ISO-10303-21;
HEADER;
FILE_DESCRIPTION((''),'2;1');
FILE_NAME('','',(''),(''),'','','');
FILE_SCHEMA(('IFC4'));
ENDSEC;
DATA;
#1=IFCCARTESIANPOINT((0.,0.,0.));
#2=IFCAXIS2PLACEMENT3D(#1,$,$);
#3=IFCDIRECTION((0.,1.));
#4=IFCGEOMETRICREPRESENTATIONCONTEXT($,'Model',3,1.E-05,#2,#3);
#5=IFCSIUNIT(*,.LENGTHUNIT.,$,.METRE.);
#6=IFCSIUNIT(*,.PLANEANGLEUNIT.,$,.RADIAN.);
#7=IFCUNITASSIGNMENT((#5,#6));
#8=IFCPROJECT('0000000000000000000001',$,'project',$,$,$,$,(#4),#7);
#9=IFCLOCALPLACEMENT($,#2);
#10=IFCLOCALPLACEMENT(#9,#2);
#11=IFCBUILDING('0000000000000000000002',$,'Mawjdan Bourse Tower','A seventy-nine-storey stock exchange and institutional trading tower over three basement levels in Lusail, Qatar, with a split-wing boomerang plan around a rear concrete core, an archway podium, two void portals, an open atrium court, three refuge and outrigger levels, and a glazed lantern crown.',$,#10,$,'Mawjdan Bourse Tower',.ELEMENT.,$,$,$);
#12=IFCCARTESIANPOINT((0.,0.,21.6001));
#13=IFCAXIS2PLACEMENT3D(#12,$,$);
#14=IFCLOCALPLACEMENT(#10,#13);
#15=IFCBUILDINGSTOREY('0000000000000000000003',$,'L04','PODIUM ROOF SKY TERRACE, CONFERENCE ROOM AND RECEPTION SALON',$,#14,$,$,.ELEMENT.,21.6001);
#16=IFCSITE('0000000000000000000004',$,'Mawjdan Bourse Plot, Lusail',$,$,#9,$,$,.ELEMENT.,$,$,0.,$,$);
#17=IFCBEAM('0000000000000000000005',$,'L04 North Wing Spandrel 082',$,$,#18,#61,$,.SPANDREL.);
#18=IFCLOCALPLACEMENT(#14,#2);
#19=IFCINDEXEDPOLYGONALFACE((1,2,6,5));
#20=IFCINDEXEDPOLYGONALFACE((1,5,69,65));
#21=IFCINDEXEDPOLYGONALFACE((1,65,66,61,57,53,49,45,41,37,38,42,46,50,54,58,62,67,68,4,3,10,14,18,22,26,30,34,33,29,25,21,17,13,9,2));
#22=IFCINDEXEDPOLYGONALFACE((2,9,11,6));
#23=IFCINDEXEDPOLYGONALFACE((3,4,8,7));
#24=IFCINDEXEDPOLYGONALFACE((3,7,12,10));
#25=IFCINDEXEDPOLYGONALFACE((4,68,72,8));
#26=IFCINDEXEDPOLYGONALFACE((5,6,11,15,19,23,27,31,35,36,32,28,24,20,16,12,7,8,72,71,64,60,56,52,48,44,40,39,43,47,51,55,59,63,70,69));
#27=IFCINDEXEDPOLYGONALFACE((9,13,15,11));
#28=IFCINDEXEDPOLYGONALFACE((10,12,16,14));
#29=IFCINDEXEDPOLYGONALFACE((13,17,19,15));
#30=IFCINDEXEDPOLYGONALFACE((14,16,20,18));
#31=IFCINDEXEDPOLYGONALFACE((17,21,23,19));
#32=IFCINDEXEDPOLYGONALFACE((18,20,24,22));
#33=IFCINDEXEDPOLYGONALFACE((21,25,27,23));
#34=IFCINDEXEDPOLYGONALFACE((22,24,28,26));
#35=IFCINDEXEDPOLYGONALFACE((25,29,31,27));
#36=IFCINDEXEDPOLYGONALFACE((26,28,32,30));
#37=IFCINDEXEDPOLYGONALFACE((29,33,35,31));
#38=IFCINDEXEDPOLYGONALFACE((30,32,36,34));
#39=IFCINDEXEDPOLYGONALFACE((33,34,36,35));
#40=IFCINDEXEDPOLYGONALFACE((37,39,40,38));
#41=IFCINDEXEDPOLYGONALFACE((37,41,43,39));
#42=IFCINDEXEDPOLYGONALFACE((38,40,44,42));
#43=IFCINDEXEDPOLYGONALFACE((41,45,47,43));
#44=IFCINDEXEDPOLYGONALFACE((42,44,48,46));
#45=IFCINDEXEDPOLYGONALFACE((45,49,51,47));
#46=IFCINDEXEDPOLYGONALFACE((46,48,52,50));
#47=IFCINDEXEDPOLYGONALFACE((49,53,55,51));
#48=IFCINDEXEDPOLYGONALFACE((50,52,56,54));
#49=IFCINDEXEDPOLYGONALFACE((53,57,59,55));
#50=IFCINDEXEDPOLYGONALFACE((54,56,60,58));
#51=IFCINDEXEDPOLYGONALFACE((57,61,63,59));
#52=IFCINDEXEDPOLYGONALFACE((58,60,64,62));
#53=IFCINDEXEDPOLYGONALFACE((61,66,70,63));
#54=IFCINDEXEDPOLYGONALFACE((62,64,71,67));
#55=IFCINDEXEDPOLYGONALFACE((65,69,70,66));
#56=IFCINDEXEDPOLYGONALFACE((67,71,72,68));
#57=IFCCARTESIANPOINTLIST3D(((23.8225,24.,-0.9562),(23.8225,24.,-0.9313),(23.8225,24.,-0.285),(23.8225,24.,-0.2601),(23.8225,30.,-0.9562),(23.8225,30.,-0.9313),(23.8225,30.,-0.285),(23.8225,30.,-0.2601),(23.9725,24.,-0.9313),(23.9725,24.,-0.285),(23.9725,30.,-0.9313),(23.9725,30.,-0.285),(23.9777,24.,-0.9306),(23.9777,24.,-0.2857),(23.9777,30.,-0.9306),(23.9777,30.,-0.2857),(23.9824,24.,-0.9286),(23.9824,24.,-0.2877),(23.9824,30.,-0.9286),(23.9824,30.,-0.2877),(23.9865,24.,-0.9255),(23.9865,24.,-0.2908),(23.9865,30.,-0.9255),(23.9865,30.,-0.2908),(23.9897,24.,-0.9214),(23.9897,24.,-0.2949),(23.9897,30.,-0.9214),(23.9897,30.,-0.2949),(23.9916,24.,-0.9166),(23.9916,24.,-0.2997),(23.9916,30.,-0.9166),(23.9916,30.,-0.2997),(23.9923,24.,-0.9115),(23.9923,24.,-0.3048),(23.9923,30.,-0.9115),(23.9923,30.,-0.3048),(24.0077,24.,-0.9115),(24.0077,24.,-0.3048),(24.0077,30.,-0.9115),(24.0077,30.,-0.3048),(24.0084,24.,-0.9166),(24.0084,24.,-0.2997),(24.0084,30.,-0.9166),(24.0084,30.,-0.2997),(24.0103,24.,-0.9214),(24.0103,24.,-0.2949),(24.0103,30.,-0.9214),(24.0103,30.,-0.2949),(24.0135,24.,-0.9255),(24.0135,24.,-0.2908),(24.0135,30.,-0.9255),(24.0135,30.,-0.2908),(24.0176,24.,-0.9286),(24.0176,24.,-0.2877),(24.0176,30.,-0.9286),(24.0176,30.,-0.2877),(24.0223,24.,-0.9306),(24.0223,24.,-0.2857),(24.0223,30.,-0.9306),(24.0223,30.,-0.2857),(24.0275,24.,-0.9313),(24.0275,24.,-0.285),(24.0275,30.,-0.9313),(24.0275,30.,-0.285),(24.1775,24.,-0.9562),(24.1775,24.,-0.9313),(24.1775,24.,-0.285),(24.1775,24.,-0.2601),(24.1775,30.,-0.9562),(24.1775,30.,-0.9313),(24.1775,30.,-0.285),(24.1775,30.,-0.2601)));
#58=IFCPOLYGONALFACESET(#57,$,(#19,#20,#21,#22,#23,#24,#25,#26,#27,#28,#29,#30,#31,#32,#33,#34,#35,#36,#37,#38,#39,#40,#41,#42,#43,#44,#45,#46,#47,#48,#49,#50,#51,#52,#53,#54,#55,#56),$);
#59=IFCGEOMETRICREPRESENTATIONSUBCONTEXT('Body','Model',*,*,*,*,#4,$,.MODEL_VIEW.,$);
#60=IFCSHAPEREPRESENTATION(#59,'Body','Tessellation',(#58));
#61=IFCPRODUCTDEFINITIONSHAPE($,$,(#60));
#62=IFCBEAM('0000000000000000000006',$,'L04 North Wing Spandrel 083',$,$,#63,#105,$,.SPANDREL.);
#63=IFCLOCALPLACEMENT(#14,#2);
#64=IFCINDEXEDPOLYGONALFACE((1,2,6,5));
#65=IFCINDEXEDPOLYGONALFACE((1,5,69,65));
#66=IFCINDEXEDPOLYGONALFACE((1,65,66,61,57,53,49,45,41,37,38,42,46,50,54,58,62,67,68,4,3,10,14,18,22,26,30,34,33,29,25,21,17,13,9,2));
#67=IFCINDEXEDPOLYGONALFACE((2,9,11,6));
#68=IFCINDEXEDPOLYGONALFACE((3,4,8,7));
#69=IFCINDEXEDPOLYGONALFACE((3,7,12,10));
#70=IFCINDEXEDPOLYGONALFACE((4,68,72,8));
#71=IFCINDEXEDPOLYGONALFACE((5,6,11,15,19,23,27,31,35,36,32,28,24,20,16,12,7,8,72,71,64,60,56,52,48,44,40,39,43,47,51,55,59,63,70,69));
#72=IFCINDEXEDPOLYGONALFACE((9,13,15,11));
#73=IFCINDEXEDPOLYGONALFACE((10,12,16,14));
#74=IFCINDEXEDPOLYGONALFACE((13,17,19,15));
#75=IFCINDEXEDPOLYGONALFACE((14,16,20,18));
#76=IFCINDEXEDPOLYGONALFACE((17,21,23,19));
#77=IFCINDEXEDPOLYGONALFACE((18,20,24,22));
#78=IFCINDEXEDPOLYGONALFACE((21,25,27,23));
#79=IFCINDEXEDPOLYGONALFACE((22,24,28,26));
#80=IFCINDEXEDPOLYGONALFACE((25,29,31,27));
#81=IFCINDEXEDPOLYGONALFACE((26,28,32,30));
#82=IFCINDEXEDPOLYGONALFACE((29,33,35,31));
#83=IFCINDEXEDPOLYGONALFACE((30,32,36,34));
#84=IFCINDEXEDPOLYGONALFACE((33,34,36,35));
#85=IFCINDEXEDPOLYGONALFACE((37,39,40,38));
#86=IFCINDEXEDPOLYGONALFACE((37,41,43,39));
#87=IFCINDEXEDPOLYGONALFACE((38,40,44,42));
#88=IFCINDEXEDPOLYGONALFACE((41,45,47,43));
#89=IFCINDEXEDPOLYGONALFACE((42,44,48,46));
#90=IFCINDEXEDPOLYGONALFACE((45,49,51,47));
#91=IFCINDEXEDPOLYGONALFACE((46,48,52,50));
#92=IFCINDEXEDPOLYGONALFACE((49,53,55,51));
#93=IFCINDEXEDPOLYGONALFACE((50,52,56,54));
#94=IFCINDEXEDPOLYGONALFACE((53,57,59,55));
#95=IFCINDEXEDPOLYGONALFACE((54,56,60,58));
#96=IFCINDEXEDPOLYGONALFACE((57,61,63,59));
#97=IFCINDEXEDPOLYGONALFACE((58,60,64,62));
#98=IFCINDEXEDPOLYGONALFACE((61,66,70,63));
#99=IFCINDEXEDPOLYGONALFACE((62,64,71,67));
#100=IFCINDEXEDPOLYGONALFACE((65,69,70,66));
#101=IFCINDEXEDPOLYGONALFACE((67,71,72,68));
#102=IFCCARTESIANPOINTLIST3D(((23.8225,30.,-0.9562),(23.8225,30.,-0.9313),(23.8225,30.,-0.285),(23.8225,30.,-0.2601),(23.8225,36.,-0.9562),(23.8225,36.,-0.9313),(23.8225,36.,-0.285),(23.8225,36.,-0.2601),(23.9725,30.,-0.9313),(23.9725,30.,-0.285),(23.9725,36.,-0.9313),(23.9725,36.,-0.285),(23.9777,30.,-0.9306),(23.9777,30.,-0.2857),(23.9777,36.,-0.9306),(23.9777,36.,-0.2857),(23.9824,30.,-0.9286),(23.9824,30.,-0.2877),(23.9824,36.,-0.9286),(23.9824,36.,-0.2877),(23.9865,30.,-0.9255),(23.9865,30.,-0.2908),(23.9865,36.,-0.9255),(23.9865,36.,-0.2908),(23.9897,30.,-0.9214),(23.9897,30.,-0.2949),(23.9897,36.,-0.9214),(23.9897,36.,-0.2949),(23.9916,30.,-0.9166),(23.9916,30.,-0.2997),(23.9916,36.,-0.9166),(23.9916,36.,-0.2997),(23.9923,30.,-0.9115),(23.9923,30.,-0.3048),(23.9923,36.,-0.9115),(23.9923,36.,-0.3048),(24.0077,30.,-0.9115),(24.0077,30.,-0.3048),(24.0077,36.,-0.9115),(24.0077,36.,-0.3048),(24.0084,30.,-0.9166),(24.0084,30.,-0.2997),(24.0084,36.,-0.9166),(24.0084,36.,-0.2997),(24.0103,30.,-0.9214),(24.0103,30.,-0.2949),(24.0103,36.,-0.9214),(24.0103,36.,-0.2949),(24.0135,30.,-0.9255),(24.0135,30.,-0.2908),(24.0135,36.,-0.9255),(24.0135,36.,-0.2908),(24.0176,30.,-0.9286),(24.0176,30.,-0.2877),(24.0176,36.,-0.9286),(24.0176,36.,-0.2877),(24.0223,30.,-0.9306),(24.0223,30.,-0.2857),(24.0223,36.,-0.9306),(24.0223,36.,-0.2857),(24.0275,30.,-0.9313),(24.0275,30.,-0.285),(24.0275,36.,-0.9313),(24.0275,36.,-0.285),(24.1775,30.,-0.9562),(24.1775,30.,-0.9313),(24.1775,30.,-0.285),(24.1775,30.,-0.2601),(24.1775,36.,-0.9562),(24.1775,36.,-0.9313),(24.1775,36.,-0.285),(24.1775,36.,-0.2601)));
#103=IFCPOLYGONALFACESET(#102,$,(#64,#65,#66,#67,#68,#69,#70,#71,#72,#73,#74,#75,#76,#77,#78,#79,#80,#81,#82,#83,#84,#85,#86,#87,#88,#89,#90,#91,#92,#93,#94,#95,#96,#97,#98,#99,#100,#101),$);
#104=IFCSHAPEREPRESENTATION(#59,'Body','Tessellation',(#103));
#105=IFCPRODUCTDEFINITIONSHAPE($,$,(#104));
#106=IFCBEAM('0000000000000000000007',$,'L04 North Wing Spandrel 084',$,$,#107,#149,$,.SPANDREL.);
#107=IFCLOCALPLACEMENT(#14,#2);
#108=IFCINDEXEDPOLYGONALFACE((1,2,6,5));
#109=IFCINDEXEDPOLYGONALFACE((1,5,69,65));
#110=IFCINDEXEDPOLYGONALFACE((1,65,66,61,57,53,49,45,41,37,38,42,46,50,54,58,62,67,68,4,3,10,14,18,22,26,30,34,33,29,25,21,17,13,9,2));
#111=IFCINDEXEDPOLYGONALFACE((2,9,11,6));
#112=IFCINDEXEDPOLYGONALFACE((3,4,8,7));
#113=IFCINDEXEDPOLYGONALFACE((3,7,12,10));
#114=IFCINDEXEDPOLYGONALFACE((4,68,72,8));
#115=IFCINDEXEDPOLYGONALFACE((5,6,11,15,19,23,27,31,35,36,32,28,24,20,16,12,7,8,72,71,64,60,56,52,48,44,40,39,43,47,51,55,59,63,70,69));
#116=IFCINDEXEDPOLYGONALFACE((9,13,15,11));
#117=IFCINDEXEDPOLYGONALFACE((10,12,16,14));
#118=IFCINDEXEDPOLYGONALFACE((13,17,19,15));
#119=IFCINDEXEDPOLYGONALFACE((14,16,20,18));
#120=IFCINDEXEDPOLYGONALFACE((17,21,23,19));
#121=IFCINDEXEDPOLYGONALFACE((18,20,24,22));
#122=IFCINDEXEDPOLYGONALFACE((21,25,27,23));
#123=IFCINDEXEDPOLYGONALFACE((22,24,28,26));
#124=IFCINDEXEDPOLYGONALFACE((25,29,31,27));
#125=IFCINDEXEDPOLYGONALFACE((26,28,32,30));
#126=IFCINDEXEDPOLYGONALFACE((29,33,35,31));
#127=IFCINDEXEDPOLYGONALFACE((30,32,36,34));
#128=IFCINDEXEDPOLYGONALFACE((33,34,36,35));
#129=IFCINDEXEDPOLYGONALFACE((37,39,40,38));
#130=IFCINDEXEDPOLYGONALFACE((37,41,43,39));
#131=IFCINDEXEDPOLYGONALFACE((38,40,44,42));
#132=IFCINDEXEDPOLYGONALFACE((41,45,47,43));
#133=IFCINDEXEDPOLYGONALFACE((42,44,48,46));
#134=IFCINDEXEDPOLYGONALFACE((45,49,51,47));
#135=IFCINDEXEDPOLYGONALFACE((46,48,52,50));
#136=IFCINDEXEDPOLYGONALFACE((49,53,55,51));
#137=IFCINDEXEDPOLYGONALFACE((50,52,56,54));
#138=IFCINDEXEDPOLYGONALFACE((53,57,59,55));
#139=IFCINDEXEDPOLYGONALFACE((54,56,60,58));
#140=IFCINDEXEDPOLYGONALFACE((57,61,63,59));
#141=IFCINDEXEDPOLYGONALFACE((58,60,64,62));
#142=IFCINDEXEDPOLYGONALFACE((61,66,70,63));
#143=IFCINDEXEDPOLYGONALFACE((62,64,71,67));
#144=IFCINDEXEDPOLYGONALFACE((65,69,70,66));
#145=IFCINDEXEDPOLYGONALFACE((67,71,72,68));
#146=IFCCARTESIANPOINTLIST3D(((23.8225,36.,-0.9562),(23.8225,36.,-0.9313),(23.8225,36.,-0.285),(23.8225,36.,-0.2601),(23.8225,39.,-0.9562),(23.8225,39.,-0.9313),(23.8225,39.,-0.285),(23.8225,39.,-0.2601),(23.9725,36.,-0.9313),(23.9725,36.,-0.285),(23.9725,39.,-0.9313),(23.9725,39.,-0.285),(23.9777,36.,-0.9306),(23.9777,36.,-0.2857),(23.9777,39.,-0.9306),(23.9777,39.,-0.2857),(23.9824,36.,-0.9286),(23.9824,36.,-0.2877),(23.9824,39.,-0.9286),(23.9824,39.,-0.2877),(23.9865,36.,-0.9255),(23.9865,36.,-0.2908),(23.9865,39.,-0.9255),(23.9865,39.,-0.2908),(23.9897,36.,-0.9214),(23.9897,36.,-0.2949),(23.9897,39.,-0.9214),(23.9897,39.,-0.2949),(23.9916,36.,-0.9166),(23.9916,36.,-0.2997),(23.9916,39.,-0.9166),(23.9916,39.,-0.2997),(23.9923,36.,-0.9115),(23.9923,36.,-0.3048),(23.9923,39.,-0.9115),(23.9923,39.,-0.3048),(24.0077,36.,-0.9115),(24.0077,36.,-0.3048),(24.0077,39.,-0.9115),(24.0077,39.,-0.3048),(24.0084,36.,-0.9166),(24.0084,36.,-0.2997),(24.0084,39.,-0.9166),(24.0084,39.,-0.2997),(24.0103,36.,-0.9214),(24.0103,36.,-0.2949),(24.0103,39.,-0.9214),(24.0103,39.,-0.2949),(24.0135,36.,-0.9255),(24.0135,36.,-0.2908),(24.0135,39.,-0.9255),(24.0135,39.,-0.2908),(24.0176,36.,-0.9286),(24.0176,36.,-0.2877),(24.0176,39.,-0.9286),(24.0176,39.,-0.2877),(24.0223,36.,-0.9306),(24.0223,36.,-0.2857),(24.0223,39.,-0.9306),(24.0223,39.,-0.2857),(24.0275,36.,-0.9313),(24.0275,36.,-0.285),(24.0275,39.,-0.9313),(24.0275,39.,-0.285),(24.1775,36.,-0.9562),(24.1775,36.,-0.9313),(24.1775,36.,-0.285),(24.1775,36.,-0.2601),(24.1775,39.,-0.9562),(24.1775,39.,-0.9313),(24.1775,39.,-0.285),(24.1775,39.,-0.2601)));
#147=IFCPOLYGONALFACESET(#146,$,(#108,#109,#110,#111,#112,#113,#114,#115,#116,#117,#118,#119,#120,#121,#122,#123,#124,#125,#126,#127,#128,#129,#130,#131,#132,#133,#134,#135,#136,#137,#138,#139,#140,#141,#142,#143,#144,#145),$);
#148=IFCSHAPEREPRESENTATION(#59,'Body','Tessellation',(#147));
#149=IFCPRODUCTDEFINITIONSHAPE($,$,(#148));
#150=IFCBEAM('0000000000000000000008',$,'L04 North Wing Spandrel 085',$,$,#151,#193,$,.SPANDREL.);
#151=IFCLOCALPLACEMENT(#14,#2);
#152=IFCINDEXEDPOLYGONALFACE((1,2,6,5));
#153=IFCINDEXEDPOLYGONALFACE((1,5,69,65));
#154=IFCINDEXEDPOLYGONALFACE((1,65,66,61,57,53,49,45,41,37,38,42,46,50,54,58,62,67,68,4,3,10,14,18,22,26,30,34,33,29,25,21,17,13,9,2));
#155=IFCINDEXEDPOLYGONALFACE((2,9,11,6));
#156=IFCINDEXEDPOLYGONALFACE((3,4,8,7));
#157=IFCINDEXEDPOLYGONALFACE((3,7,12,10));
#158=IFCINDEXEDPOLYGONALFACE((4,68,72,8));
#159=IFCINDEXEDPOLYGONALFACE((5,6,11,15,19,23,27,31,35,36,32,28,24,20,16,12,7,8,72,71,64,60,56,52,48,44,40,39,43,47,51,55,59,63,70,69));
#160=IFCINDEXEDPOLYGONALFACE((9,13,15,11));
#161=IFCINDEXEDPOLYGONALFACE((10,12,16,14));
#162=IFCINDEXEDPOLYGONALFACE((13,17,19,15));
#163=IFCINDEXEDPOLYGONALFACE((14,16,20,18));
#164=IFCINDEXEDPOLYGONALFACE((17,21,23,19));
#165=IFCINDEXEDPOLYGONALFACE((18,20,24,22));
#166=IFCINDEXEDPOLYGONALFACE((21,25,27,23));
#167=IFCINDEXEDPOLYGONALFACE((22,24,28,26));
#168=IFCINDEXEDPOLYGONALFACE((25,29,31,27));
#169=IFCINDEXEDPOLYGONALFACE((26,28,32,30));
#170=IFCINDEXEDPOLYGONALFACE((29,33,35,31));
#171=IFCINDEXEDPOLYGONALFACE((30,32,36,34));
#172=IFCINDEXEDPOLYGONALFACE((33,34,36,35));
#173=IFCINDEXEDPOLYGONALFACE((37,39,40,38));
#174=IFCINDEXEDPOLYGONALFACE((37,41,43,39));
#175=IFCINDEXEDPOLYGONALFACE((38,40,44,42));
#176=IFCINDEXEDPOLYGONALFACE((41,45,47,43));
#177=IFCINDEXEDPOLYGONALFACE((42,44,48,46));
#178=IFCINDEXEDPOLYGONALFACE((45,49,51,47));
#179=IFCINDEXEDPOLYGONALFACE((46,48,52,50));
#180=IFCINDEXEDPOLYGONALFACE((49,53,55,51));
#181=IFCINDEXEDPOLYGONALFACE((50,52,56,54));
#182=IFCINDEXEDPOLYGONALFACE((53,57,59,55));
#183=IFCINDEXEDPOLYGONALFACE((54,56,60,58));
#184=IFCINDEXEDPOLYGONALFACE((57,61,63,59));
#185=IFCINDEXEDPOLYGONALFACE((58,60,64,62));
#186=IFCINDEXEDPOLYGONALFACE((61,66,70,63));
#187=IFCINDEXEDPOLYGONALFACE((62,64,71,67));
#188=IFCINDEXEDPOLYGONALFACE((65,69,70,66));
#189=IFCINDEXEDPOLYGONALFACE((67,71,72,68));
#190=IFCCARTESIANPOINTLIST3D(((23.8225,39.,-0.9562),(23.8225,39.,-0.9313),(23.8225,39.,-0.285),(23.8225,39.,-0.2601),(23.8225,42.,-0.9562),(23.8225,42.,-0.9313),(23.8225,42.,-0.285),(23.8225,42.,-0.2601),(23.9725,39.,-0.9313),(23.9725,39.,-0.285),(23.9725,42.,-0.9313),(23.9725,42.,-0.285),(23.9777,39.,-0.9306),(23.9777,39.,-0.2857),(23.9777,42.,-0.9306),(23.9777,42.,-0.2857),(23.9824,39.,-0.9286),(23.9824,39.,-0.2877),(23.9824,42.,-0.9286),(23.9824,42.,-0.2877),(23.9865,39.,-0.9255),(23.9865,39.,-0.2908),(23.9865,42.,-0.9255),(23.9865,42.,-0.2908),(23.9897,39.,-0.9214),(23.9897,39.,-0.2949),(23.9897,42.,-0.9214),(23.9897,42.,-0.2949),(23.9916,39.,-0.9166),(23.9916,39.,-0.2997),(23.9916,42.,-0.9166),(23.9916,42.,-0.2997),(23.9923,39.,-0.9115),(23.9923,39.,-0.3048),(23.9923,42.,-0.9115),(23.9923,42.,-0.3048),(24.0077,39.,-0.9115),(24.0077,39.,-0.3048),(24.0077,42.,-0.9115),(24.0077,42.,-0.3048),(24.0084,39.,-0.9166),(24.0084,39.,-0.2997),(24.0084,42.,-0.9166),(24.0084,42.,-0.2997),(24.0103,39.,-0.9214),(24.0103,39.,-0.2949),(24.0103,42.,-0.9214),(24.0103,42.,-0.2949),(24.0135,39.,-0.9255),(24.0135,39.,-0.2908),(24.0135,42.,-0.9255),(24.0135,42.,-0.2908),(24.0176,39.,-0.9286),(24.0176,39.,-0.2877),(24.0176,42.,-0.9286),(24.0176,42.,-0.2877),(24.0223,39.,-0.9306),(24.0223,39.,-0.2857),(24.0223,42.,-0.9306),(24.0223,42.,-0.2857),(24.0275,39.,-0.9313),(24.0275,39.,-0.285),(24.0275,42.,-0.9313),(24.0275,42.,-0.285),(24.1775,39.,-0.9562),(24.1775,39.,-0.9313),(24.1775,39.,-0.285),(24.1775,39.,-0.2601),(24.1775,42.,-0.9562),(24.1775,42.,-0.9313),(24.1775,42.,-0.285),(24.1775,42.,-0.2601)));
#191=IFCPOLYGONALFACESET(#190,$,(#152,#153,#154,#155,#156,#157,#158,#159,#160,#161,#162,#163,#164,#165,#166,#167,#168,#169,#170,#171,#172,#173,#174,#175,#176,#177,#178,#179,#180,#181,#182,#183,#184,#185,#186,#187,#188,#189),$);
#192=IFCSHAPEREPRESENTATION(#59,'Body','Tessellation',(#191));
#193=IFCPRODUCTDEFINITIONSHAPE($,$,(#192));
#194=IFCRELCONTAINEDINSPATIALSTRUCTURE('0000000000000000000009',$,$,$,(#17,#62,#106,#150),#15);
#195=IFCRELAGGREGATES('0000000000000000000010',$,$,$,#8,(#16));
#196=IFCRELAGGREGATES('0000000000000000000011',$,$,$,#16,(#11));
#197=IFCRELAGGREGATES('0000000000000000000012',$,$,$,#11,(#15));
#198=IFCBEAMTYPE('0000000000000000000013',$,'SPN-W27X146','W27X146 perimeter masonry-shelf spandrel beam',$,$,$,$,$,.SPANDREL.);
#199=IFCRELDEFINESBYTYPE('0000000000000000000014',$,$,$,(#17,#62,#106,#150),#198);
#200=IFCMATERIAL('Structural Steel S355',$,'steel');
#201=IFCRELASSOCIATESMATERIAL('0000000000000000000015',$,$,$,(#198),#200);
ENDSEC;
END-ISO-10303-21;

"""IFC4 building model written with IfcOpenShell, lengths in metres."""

from ifc_helpers import new_model, si_unit, direction, frame, origin, origin_2d, place, context, subcontext, project, spatial, i_section, extrude, material, material_profile, profile_set, type_object, element, save


model = new_model("IFC4")

# Units and contexts
model_context = context("Model", 3, precision=1e-05, world=origin(), true_north=direction((0.0, 1.0)))
body_context = subcontext(model_context, "Body", "Model", "MODEL_VIEW")
ifc_project = project(units=[si_unit("LENGTHUNIT", "METRE"), si_unit("PLANEANGLEUNIT", "RADIAN")], contexts=[model_context])

# Site, building, storey
site_placement = place(None, origin())
site = spatial("IfcSite", under=ifc_project, at=site_placement, Name="Mawjdan Bourse Plot, Lusail", CompositionType="ELEMENT", RefElevation=0.0)
building_placement = place(site_placement, origin())
building = spatial("IfcBuilding", under=site, at=building_placement, Name="Mawjdan Bourse Tower", Description="A seventy-nine-storey stock exchange and institutional trading tower over three basement levels in Lusail, Qatar, with a split-wing boomerang plan around a rear concrete core, an archway podium, two void portals, an open atrium court, three refuge and outrigger levels, and a glazed lantern crown.", LongName="Mawjdan Bourse Tower", CompositionType="ELEMENT")
storey_placement = place(building_placement, frame((0.0, 0.0, 21.6001)))
storey = spatial("IfcBuildingStorey", under=building, at=storey_placement, Name="L04", Description="PODIUM ROOF SKY TERRACE, CONFERENCE ROOM AND RECEPTION SALON", CompositionType="ELEMENT", Elevation=21.6001)

# Beams
ifc_material_1 = material(Name="Structural Steel S355", Category="steel")
ifc_material_profile_1 = material_profile(ifc_material_1, i_section(OverallWidth=0.355, OverallDepth=0.696, WebThickness=0.0154, FlangeThickness=0.0249, FilletRadius=0.0198, at=origin_2d()), Name="W27X146")
ifc_profile_set_1 = profile_set([ifc_material_profile_1], Name="Structural Steel S355")
beam_type_1 = type_object("IfcBeamType", Name="SPN-W27X146", Description="W27X146 perimeter masonry-shelf spandrel beam", PredefinedType="SPANDREL", material=ifc_profile_set_1)
for number, where, z_axis, x_axis, name in (
    (1, (24.0, 24.0, -0.6082), (0.0, 1.0, 0.0), (-1.0, 0.0, 0.0), "L04 North Wing Spandrel 082"),
    (2, (24.0, 30.0, -0.6082), (0.0, 1.0, 0.0), (-1.0, 0.0, 0.0), "L04 North Wing Spandrel 083"),
):
    element("IfcBeam", number, at=place(storey_placement, frame(where, z_axis=z_axis, x_axis=x_axis)), inside=storey, type_object=beam_type_1, Name=name, PredefinedType="SPANDREL", context=body_context, shape_type="SweptSolid", body=[
        extrude(i_section(OverallWidth=0.355, OverallDepth=0.696, WebThickness=0.0154, FlangeThickness=0.0249, FilletRadius=0.0198, at=origin_2d()), origin(), (0.0, 0.0, 1.0), 6.0),
    ])
for number, where, z_axis, x_axis, name in (
    (3, (24.0, 36.0, -0.6082), (0.0, 1.0, 0.0), (-1.0, 0.0, 0.0), "L04 North Wing Spandrel 084"),
    (4, (24.0, 39.0, -0.6082), (0.0, 1.0, 0.0), (-1.0, 0.0, 0.0), "L04 North Wing Spandrel 085"),
):
    element("IfcBeam", number, at=place(storey_placement, frame(where, z_axis=z_axis, x_axis=x_axis)), inside=storey, type_object=beam_type_1, Name=name, PredefinedType="SPANDREL", context=body_context, shape_type="SweptSolid", body=[
        extrude(i_section(OverallWidth=0.355, OverallDepth=0.696, WebThickness=0.0154, FlangeThickness=0.0249, FilletRadius=0.0198, at=origin_2d()), origin(), (0.0, 0.0, 1.0), 3.0),
    ])

save(model, "model.ifc")
